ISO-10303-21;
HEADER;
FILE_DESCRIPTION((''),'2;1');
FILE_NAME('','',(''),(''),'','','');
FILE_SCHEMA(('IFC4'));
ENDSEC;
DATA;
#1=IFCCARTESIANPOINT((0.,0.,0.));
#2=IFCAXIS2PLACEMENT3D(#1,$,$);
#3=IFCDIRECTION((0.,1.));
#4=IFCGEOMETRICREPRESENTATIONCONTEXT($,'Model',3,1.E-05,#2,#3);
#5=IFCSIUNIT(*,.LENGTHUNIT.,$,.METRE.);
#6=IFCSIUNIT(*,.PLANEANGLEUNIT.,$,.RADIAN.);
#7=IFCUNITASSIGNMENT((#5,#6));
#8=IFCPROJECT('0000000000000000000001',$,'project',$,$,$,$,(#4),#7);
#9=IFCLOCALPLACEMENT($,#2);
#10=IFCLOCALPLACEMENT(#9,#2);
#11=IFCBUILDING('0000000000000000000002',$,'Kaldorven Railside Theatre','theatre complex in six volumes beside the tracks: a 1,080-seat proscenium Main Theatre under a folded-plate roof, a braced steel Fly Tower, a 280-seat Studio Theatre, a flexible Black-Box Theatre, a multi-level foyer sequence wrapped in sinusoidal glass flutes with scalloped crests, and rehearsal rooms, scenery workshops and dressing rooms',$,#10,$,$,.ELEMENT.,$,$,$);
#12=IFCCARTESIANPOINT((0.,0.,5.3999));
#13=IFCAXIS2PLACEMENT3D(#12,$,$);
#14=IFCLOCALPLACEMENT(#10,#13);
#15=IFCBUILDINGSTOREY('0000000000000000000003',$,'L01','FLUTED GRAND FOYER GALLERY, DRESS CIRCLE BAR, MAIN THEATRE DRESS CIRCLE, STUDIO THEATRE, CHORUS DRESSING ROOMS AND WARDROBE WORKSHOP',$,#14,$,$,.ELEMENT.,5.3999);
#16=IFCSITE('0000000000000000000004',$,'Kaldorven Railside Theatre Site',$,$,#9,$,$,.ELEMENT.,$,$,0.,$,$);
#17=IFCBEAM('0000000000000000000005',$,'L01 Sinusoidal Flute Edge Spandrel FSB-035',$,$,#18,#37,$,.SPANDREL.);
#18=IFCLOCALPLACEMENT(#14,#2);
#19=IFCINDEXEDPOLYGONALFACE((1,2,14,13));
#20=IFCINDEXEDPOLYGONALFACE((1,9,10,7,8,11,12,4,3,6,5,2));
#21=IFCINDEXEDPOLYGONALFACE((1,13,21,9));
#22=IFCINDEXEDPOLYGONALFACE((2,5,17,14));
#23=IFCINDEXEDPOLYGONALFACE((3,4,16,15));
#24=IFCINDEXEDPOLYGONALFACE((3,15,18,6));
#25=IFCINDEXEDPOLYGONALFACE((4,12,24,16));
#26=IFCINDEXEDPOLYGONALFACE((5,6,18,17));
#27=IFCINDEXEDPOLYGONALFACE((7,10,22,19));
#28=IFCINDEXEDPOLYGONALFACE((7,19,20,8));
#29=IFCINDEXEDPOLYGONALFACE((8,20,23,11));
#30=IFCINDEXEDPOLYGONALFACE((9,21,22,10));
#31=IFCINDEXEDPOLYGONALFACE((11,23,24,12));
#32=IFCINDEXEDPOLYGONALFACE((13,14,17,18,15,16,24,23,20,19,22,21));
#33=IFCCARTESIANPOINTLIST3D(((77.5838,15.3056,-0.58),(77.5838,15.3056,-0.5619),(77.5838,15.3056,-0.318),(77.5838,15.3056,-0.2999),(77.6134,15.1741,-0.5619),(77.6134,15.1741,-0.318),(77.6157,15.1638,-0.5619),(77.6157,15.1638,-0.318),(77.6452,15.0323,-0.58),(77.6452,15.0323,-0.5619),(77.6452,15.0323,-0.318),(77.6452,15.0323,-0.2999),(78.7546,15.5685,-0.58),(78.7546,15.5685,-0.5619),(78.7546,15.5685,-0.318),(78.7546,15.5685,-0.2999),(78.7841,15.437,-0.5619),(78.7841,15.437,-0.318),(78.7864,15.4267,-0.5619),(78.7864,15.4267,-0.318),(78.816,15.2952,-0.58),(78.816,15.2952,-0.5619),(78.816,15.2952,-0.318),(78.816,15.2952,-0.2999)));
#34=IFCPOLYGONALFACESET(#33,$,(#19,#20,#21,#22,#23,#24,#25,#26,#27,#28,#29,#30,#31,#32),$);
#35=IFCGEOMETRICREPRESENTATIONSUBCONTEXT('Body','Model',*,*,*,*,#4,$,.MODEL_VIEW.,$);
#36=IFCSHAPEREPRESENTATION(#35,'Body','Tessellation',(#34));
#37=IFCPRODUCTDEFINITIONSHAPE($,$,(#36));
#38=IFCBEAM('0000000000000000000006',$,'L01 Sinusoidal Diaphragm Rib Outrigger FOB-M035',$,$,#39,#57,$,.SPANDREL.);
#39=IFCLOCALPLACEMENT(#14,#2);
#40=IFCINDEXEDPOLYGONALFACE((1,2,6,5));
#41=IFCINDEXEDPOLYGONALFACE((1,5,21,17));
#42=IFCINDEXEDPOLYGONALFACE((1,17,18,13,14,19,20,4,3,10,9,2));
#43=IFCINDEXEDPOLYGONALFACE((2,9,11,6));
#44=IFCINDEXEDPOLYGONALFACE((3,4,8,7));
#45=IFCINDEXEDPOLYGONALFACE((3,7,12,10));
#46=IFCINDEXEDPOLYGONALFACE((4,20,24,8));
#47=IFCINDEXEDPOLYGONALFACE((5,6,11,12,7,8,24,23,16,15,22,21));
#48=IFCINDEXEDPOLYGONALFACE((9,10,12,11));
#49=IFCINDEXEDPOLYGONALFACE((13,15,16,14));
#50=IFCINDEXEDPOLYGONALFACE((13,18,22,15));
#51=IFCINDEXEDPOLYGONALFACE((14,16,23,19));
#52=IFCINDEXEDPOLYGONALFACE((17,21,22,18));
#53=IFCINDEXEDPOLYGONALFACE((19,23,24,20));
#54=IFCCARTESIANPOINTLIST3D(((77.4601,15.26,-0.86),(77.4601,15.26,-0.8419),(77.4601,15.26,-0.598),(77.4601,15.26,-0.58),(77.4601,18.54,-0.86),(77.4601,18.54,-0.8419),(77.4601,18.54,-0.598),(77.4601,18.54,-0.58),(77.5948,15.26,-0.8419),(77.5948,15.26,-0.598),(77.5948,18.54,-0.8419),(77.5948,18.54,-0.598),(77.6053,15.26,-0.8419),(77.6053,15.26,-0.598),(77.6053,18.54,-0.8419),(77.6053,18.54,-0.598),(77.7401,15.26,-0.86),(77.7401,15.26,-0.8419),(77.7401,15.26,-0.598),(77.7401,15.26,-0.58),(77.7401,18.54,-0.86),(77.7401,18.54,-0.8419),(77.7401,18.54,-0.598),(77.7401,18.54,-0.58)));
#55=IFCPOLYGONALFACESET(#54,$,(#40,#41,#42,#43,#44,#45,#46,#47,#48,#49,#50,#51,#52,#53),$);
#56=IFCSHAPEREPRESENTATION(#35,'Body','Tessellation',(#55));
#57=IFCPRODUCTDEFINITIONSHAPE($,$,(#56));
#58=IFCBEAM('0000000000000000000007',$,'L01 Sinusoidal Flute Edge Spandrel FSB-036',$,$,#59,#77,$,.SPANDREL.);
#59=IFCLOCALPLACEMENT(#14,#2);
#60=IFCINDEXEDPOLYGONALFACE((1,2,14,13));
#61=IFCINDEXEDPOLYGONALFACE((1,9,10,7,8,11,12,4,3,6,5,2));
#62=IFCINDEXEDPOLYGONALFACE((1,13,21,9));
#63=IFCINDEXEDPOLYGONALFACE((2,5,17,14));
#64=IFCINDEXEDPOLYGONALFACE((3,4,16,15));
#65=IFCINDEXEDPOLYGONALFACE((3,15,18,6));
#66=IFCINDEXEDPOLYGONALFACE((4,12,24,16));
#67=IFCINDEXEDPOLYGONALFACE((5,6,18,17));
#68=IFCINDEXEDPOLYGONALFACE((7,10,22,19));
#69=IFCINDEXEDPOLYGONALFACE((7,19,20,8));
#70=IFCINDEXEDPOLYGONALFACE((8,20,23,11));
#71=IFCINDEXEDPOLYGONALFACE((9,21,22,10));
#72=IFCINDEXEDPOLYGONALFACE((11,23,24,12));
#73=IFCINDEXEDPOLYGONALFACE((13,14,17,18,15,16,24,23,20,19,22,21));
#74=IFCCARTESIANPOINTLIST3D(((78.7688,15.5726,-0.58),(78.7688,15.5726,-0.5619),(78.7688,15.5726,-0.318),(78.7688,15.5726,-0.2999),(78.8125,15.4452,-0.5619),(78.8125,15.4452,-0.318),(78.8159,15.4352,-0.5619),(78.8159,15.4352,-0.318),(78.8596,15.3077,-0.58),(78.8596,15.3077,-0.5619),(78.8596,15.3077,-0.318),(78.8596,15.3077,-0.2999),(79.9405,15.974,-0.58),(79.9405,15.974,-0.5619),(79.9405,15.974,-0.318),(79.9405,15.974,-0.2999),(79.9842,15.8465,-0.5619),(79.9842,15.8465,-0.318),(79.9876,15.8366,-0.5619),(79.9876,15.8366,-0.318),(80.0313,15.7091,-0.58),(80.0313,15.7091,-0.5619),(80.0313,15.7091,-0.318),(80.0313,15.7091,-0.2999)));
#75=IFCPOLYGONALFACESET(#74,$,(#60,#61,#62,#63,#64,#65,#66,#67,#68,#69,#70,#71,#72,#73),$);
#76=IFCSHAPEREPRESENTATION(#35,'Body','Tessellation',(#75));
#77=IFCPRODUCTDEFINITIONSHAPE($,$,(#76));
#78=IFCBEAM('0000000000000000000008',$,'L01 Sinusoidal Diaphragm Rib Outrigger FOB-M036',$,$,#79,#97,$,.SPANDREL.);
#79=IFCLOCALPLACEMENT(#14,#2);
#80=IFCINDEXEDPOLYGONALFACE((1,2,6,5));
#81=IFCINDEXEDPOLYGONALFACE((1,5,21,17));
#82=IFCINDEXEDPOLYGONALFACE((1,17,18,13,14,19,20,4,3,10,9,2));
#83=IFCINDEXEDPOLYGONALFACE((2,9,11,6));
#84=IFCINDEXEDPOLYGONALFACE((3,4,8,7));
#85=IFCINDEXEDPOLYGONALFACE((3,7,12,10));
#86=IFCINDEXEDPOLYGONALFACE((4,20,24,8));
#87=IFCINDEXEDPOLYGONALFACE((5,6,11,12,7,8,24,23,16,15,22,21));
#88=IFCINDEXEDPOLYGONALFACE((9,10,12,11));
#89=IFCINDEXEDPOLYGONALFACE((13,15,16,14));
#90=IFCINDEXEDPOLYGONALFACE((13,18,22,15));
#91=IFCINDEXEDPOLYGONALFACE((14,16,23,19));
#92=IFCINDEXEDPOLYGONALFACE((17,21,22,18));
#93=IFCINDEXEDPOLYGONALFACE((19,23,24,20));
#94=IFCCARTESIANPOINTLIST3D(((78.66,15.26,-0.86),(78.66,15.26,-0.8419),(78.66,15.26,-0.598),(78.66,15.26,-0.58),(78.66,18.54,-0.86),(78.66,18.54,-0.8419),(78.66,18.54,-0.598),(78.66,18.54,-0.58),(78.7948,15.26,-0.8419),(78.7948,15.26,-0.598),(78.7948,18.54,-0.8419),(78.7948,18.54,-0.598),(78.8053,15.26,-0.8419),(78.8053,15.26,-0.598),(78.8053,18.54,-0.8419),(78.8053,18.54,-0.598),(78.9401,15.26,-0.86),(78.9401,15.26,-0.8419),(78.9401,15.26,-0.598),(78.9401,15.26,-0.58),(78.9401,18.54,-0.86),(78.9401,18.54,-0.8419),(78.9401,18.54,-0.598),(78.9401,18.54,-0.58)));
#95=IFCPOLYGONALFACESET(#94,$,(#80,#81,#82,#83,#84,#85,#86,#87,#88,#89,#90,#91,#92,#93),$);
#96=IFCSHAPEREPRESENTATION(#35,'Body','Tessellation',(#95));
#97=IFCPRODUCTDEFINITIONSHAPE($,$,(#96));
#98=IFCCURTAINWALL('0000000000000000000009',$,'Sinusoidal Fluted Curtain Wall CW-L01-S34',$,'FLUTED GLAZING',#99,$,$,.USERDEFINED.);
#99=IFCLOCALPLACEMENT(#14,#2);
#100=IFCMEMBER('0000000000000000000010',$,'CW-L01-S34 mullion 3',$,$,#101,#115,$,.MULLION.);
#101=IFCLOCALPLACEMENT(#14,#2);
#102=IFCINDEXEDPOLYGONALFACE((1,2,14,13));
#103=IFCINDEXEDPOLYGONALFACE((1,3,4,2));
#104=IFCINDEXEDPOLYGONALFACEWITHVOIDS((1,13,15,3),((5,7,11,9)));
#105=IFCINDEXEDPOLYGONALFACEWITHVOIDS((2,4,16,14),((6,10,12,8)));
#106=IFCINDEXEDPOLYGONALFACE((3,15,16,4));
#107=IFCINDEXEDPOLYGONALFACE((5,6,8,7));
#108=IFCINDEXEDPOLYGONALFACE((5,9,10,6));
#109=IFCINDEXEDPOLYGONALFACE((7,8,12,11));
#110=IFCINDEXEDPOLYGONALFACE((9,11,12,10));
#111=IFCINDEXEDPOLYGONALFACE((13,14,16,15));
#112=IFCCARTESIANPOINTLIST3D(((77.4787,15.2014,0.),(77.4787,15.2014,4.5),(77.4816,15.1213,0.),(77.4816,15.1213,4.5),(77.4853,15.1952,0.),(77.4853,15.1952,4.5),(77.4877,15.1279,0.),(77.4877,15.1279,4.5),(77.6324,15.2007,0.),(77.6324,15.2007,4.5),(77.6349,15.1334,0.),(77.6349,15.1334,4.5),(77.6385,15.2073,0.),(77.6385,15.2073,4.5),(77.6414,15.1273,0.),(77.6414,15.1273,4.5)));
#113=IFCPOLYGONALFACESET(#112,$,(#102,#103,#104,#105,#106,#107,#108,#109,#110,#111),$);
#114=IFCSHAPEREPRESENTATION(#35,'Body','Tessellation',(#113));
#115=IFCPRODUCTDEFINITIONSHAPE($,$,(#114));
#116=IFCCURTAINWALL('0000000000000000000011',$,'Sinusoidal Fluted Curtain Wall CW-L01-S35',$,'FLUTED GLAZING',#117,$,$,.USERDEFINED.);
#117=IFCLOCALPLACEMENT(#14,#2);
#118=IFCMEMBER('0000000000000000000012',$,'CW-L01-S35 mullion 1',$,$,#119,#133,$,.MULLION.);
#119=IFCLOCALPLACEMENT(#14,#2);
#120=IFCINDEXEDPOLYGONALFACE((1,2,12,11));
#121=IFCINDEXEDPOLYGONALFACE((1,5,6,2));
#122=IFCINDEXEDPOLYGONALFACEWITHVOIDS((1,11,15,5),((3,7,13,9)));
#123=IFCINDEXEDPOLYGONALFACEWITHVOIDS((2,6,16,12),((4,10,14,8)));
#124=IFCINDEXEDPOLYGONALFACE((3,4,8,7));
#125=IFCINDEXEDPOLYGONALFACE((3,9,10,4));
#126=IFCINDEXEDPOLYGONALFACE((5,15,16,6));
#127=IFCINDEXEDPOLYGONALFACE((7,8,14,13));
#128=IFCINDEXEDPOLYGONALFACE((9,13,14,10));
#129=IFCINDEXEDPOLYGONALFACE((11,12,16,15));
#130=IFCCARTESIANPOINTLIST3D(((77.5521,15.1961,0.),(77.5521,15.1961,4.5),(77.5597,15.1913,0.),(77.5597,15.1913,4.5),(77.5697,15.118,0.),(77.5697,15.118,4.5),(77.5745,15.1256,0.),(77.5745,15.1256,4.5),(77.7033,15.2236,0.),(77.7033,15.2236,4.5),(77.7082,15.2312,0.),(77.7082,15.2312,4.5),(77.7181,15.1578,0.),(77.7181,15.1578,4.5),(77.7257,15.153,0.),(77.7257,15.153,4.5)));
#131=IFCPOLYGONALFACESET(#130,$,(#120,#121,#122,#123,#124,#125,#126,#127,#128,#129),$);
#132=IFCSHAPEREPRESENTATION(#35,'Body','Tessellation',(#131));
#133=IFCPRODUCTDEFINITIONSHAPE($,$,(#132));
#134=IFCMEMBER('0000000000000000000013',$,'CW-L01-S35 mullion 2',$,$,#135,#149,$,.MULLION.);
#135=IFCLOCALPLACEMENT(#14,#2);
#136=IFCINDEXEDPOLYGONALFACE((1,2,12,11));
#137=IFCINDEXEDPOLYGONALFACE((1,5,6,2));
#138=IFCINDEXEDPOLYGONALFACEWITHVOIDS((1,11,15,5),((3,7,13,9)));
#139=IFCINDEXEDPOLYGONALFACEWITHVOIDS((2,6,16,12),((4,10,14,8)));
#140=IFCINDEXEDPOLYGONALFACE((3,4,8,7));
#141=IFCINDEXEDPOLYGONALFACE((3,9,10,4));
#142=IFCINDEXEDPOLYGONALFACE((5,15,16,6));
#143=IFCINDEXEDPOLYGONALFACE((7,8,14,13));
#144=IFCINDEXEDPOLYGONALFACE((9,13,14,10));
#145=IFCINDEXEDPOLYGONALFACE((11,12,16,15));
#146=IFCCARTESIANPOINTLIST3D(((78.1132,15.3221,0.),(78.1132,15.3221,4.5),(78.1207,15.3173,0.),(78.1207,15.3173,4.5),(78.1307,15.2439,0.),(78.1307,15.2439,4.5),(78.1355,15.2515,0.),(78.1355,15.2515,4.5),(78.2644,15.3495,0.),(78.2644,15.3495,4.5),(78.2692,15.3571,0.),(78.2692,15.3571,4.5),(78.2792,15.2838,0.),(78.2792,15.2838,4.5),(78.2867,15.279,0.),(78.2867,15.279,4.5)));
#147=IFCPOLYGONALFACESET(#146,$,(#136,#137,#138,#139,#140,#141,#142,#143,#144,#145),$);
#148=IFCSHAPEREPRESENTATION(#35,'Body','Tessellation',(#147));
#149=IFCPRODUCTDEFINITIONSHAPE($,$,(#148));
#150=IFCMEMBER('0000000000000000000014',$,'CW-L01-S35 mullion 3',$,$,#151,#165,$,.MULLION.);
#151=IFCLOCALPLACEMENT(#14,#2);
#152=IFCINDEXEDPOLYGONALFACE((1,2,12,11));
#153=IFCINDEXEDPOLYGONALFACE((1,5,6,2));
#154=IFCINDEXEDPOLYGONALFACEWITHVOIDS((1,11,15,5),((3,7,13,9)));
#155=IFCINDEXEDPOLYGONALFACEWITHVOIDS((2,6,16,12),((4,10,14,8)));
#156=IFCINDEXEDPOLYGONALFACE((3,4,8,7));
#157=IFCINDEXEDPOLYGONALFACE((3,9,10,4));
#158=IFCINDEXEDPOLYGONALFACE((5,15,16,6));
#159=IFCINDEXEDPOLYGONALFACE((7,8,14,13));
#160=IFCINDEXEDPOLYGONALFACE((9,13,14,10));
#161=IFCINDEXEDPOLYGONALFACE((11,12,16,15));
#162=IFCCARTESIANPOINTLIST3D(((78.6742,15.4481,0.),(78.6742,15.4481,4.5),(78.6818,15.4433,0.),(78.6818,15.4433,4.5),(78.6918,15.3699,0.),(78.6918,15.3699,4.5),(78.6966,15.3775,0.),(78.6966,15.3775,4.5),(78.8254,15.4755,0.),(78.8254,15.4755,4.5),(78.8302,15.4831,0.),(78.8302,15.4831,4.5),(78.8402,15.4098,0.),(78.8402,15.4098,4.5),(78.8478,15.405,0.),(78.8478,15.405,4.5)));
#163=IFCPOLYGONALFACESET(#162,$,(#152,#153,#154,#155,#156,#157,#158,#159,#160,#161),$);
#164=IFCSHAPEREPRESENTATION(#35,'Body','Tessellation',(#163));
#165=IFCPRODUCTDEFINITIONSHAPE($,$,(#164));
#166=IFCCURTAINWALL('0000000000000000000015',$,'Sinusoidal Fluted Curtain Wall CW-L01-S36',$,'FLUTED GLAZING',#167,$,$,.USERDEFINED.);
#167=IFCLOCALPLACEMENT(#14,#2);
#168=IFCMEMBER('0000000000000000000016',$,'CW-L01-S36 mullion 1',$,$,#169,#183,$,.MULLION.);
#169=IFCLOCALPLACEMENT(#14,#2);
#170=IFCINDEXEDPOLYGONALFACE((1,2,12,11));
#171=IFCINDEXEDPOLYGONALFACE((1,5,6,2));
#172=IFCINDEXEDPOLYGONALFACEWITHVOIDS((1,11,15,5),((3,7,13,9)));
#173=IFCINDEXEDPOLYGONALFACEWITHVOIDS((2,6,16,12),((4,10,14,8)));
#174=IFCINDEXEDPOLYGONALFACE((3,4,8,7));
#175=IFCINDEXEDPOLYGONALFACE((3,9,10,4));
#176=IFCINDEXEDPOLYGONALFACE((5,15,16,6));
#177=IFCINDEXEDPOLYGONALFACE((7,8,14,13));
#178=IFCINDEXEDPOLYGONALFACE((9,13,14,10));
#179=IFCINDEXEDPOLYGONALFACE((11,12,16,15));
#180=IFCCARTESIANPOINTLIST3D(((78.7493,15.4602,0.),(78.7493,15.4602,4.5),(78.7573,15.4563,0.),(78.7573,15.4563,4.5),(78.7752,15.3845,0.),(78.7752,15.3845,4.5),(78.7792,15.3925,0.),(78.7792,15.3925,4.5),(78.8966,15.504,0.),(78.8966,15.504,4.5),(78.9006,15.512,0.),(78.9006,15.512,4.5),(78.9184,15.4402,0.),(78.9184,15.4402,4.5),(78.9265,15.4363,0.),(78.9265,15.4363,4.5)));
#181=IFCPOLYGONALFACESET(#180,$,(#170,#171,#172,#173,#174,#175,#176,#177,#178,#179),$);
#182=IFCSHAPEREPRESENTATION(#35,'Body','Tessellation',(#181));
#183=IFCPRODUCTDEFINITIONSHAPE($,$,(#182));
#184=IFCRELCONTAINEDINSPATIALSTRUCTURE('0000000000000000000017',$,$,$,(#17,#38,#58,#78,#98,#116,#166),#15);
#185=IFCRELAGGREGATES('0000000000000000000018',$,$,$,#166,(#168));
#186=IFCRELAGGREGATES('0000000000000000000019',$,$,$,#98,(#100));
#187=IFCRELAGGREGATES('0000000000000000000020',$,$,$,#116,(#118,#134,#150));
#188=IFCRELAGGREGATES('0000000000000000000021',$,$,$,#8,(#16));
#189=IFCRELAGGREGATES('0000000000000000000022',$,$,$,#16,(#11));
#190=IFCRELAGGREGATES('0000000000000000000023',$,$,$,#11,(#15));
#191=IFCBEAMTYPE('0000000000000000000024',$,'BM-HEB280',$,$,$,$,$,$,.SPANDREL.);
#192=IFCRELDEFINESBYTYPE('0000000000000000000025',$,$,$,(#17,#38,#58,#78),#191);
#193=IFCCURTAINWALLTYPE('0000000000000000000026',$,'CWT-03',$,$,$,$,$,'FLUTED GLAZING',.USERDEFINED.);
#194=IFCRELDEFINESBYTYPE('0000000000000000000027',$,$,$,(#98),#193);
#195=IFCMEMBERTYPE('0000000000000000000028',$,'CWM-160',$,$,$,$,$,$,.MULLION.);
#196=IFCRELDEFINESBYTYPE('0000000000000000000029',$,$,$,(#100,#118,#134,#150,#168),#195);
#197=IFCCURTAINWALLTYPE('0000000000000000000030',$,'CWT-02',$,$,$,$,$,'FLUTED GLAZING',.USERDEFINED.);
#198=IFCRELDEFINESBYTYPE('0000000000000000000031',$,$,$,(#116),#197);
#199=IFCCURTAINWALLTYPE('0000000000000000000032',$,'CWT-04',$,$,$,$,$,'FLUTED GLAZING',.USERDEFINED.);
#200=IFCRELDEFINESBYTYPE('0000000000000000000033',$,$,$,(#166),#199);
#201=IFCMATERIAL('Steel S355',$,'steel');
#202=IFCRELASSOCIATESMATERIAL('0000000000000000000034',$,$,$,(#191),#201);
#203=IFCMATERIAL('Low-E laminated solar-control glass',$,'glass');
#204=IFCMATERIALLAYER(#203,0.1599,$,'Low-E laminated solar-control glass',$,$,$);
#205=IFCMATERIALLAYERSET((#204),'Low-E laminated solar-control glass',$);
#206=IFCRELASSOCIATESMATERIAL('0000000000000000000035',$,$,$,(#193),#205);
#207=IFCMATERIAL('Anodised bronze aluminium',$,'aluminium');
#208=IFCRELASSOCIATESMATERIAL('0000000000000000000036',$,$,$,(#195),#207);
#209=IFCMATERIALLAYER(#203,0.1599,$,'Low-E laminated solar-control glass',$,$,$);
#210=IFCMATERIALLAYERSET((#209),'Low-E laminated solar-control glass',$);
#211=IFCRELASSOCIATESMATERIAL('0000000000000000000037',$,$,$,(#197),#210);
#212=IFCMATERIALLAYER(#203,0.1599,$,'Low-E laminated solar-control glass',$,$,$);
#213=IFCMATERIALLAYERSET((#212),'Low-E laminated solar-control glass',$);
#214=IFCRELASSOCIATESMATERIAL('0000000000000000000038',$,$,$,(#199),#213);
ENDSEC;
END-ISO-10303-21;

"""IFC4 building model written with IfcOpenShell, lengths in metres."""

from ifc_helpers import new_model, si_unit, direction, frame, origin, origin_2d, place, context, subcontext, project, spatial, hollow_rectangle, i_section, extrude, material, layer, layer_set, material_profile, profile_set, type_object, element, aggregate, save


model = new_model("IFC4")

# Units and contexts
model_context = context("Model", 3, precision=1e-05, world=origin(), true_north=direction((0.0, 1.0)))
body_context = subcontext(model_context, "Body", "Model", "MODEL_VIEW")
ifc_project = project(units=[si_unit("LENGTHUNIT", "METRE"), si_unit("PLANEANGLEUNIT", "RADIAN")], contexts=[model_context])

# Site, building, storey
site_placement = place(None, origin())
site = spatial("IfcSite", under=ifc_project, at=site_placement, Name="Kaldorven Railside Theatre Site", CompositionType="ELEMENT", RefElevation=0.0)
building_placement = place(site_placement, origin())
building = spatial("IfcBuilding", under=site, at=building_placement, Name="Kaldorven Railside Theatre", Description="theatre complex in six volumes beside the tracks: a 1,080-seat proscenium Main Theatre under a folded-plate roof, a braced steel Fly Tower, a 280-seat Studio Theatre, a flexible Black-Box Theatre, a multi-level foyer sequence wrapped in sinusoidal glass flutes with scalloped crests, and rehearsal rooms, scenery workshops and dressing rooms", CompositionType="ELEMENT")
storey_placement = place(building_placement, frame((0.0, 0.0, 5.3999)))
storey = spatial("IfcBuildingStorey", under=building, at=storey_placement, Name="L01", Description="FLUTED GRAND FOYER GALLERY, DRESS CIRCLE BAR, MAIN THEATRE DRESS CIRCLE, STUDIO THEATRE, CHORUS DRESSING ROOMS AND WARDROBE WORKSHOP", CompositionType="ELEMENT", Elevation=5.3999)

# Beams
ifc_material_1 = material(Name="Steel S355", Category="steel")
ifc_material_profile_1 = material_profile(ifc_material_1, i_section(OverallWidth=0.28, OverallDepth=0.28, WebThickness=0.0105, FlangeThickness=0.0181, at=origin_2d()), Name="HEB 280")
ifc_profile_set_1 = profile_set([ifc_material_profile_1], Name="Steel S355")
beam_type = type_object("IfcBeamType", Name="BM-HEB280", PredefinedType="SPANDREL", material=ifc_profile_set_1)
beam_1_placement = place(storey_placement, frame((77.6145, 15.1689, -0.4399), z_axis=(0.975701, 0.219106, 0.0), x_axis=(-0.219106, 0.975701, 0.0)))
element("IfcBeam", 1, at=beam_1_placement, inside=storey, type_object=beam_type, Name="L01 Sinusoidal Flute Edge Spandrel FSB-035", PredefinedType="SPANDREL", context=body_context, shape_type="SweptSolid", body=[
    extrude(i_section(OverallWidth=0.28, OverallDepth=0.28, WebThickness=0.0105, FlangeThickness=0.0181, at=origin_2d()), origin(), (0.0, 0.0, 1.0), 1.2),
])
beam_2_placement = place(storey_placement, frame((77.6001, 15.26, -0.72), z_axis=(0.0, 1.0, 0.0), x_axis=(-1.0, 0.0, 0.0)))
element("IfcBeam", 2, at=beam_2_placement, inside=storey, type_object=beam_type, Name="L01 Sinusoidal Diaphragm Rib Outrigger FOB-M035", PredefinedType="SPANDREL", context=body_context, shape_type="SweptSolid", body=[
    extrude(i_section(OverallWidth=0.28, OverallDepth=0.28, WebThickness=0.0105, FlangeThickness=0.0181, at=origin_2d()), origin(), (0.0, 0.0, 1.0), 3.28),
])
beam_3_placement = place(storey_placement, frame((78.8142, 15.4402, -0.4399), z_axis=(0.946029, 0.324082, 0.0), x_axis=(-0.324082, 0.946029, 0.0)))
element("IfcBeam", 3, at=beam_3_placement, inside=storey, type_object=beam_type, Name="L01 Sinusoidal Flute Edge Spandrel FSB-036", PredefinedType="SPANDREL", context=body_context, shape_type="SweptSolid", body=[
    extrude(i_section(OverallWidth=0.28, OverallDepth=0.28, WebThickness=0.0105, FlangeThickness=0.0181, at=origin_2d()), origin(), (0.0, 0.0, 1.0), 1.2385),
])
beam_4_placement = place(storey_placement, frame((78.8, 15.26, -0.72), z_axis=(0.0, 1.0, 0.0), x_axis=(-1.0, 0.0, 0.0)))
element("IfcBeam", 4, at=beam_4_placement, inside=storey, type_object=beam_type, Name="L01 Sinusoidal Diaphragm Rib Outrigger FOB-M036", PredefinedType="SPANDREL", context=body_context, shape_type="SweptSolid", body=[
    extrude(i_section(OverallWidth=0.28, OverallDepth=0.28, WebThickness=0.0105, FlangeThickness=0.0181, at=origin_2d()), origin(), (0.0, 0.0, 1.0), 3.28),
])

# Curtain wall, member
ifc_material_2 = material(Name="Low-E laminated solar-control glass", Category="glass")
ifc_layer_1 = layer(ifc_material_2, 0.1599, Name="Low-E laminated solar-control glass")
ifc_layer_set_1 = layer_set([ifc_layer_1], Name="Low-E laminated solar-control glass")
curtain_wall_type_1 = type_object("IfcCurtainWallType", Name="CWT-03", ElementType="FLUTED GLAZING", PredefinedType="USERDEFINED", material=ifc_layer_set_1)
curtain_wall_1_placement = place(storey_placement, origin())
curtain_wall_1 = element("IfcCurtainWall", 5, at=curtain_wall_1_placement, inside=storey, type_object=curtain_wall_type_1, Name="Sinusoidal Fluted Curtain Wall CW-L01-S34", ObjectType="FLUTED GLAZING", PredefinedType="USERDEFINED")
ifc_material_3 = material(Name="Anodised bronze aluminium", Category="aluminium")
ifc_material_profile_2 = material_profile(ifc_material_3, hollow_rectangle(XDim=0.0801, YDim=0.1599, WallThickness=0.0063, at=origin_2d()), Name="RHS 160x80x6.3")
ifc_profile_set_2 = profile_set([ifc_material_profile_2], Name="Anodised bronze aluminium")
member_type_1 = type_object("IfcMemberType", Name="CWM-160", PredefinedType="MULLION", material=ifc_profile_set_2)
member_1_placement = place(storey_placement, frame((77.5601, 15.1643, 0.0), z_axis=(0.0, 0.0, 1.0), x_axis=(-0.037058, 0.999313, 0.0)))
member_1 = element("IfcMember", 6, at=member_1_placement, type_object=member_type_1, Name="CW-L01-S34 mullion 3", PredefinedType="MULLION", context=body_context, shape_type="SweptSolid", body=[
    extrude(hollow_rectangle(XDim=0.0801, YDim=0.1599, WallThickness=0.0063, at=origin_2d()), origin(), (0.0, 0.0, 1.0), 4.5),
])

# Curtain wall, members
ifc_layer_2 = layer(ifc_material_2, 0.1599, Name="Low-E laminated solar-control glass")
ifc_layer_set_2 = layer_set([ifc_layer_2], Name="Low-E laminated solar-control glass")
curtain_wall_type_2 = type_object("IfcCurtainWallType", Name="CWT-02", ElementType="FLUTED GLAZING", PredefinedType="USERDEFINED", material=ifc_layer_set_2)
curtain_wall_2_placement = place(storey_placement, origin())
curtain_wall_2 = element("IfcCurtainWall", 7, at=curtain_wall_2_placement, inside=storey, type_object=curtain_wall_type_2, Name="Sinusoidal Fluted Curtain Wall CW-L01-S35", ObjectType="FLUTED GLAZING", PredefinedType="USERDEFINED")
member_2_placement = place(storey_placement, frame((77.6389, 15.1746, 0.0), z_axis=(0.0, 0.0, 1.0), x_axis=(-0.219203, 0.975679, 0.0)))
member_2 = element("IfcMember", 8, at=member_2_placement, type_object=member_type_1, Name="CW-L01-S35 mullion 1", PredefinedType="MULLION", context=body_context, shape_type="SweptSolid", body=[
    extrude(hollow_rectangle(XDim=0.0801, YDim=0.1599, WallThickness=0.0063, at=origin_2d()), origin(), (0.0, 0.0, 1.0), 4.5),
])
member_3_placement = place(storey_placement, frame((78.2, 15.3005, 0.0), z_axis=(0.0, 0.0, 1.0), x_axis=(-0.219203, 0.975679, 0.0)))
member_3 = element("IfcMember", 9, at=member_3_placement, type_object=member_type_1, Name="CW-L01-S35 mullion 2", PredefinedType="MULLION", context=body_context, shape_type="SweptSolid", body=[
    extrude(hollow_rectangle(XDim=0.0801, YDim=0.1599, WallThickness=0.0063, at=origin_2d()), origin(), (0.0, 0.0, 1.0), 4.5),
])
member_4_placement = place(storey_placement, frame((78.761, 15.4265, 0.0), z_axis=(0.0, 0.0, 1.0), x_axis=(-0.219203, 0.975679, 0.0)))
member_4 = element("IfcMember", 10, at=member_4_placement, type_object=member_type_1, Name="CW-L01-S35 mullion 3", PredefinedType="MULLION", context=body_context, shape_type="SweptSolid", body=[
    extrude(hollow_rectangle(XDim=0.0801, YDim=0.1599, WallThickness=0.0063, at=origin_2d()), origin(), (0.0, 0.0, 1.0), 4.5),
])

# Curtain wall, member
ifc_layer_3 = layer(ifc_material_2, 0.1599, Name="Low-E laminated solar-control glass")
ifc_layer_set_3 = layer_set([ifc_layer_3], Name="Low-E laminated solar-control glass")
curtain_wall_type_3 = type_object("IfcCurtainWallType", Name="CWT-04", ElementType="FLUTED GLAZING", PredefinedType="USERDEFINED", material=ifc_layer_set_3)
curtain_wall_3_placement = place(storey_placement, origin())
curtain_wall_3 = element("IfcCurtainWall", 11, at=curtain_wall_3_placement, inside=storey, type_object=curtain_wall_type_3, Name="Sinusoidal Fluted Curtain Wall CW-L01-S36", ObjectType="FLUTED GLAZING", PredefinedType="USERDEFINED")
member_5_placement = place(storey_placement, frame((78.8379, 15.4482, 0.0), z_axis=(0.0, 0.0, 1.0), x_axis=(-0.324093, 0.946025, 0.0)))
member_5 = element("IfcMember", 12, at=member_5_placement, type_object=member_type_1, Name="CW-L01-S36 mullion 1", PredefinedType="MULLION", context=body_context, shape_type="SweptSolid", body=[
    extrude(hollow_rectangle(XDim=0.0801, YDim=0.1599, WallThickness=0.0063, at=origin_2d()), origin(), (0.0, 0.0, 1.0), 4.5),
])
aggregate(curtain_wall_3, [member_5])

aggregate(curtain_wall_1, [member_1])
aggregate(curtain_wall_2, [member_2, member_3, member_4])

save(model, "model.ifc")
